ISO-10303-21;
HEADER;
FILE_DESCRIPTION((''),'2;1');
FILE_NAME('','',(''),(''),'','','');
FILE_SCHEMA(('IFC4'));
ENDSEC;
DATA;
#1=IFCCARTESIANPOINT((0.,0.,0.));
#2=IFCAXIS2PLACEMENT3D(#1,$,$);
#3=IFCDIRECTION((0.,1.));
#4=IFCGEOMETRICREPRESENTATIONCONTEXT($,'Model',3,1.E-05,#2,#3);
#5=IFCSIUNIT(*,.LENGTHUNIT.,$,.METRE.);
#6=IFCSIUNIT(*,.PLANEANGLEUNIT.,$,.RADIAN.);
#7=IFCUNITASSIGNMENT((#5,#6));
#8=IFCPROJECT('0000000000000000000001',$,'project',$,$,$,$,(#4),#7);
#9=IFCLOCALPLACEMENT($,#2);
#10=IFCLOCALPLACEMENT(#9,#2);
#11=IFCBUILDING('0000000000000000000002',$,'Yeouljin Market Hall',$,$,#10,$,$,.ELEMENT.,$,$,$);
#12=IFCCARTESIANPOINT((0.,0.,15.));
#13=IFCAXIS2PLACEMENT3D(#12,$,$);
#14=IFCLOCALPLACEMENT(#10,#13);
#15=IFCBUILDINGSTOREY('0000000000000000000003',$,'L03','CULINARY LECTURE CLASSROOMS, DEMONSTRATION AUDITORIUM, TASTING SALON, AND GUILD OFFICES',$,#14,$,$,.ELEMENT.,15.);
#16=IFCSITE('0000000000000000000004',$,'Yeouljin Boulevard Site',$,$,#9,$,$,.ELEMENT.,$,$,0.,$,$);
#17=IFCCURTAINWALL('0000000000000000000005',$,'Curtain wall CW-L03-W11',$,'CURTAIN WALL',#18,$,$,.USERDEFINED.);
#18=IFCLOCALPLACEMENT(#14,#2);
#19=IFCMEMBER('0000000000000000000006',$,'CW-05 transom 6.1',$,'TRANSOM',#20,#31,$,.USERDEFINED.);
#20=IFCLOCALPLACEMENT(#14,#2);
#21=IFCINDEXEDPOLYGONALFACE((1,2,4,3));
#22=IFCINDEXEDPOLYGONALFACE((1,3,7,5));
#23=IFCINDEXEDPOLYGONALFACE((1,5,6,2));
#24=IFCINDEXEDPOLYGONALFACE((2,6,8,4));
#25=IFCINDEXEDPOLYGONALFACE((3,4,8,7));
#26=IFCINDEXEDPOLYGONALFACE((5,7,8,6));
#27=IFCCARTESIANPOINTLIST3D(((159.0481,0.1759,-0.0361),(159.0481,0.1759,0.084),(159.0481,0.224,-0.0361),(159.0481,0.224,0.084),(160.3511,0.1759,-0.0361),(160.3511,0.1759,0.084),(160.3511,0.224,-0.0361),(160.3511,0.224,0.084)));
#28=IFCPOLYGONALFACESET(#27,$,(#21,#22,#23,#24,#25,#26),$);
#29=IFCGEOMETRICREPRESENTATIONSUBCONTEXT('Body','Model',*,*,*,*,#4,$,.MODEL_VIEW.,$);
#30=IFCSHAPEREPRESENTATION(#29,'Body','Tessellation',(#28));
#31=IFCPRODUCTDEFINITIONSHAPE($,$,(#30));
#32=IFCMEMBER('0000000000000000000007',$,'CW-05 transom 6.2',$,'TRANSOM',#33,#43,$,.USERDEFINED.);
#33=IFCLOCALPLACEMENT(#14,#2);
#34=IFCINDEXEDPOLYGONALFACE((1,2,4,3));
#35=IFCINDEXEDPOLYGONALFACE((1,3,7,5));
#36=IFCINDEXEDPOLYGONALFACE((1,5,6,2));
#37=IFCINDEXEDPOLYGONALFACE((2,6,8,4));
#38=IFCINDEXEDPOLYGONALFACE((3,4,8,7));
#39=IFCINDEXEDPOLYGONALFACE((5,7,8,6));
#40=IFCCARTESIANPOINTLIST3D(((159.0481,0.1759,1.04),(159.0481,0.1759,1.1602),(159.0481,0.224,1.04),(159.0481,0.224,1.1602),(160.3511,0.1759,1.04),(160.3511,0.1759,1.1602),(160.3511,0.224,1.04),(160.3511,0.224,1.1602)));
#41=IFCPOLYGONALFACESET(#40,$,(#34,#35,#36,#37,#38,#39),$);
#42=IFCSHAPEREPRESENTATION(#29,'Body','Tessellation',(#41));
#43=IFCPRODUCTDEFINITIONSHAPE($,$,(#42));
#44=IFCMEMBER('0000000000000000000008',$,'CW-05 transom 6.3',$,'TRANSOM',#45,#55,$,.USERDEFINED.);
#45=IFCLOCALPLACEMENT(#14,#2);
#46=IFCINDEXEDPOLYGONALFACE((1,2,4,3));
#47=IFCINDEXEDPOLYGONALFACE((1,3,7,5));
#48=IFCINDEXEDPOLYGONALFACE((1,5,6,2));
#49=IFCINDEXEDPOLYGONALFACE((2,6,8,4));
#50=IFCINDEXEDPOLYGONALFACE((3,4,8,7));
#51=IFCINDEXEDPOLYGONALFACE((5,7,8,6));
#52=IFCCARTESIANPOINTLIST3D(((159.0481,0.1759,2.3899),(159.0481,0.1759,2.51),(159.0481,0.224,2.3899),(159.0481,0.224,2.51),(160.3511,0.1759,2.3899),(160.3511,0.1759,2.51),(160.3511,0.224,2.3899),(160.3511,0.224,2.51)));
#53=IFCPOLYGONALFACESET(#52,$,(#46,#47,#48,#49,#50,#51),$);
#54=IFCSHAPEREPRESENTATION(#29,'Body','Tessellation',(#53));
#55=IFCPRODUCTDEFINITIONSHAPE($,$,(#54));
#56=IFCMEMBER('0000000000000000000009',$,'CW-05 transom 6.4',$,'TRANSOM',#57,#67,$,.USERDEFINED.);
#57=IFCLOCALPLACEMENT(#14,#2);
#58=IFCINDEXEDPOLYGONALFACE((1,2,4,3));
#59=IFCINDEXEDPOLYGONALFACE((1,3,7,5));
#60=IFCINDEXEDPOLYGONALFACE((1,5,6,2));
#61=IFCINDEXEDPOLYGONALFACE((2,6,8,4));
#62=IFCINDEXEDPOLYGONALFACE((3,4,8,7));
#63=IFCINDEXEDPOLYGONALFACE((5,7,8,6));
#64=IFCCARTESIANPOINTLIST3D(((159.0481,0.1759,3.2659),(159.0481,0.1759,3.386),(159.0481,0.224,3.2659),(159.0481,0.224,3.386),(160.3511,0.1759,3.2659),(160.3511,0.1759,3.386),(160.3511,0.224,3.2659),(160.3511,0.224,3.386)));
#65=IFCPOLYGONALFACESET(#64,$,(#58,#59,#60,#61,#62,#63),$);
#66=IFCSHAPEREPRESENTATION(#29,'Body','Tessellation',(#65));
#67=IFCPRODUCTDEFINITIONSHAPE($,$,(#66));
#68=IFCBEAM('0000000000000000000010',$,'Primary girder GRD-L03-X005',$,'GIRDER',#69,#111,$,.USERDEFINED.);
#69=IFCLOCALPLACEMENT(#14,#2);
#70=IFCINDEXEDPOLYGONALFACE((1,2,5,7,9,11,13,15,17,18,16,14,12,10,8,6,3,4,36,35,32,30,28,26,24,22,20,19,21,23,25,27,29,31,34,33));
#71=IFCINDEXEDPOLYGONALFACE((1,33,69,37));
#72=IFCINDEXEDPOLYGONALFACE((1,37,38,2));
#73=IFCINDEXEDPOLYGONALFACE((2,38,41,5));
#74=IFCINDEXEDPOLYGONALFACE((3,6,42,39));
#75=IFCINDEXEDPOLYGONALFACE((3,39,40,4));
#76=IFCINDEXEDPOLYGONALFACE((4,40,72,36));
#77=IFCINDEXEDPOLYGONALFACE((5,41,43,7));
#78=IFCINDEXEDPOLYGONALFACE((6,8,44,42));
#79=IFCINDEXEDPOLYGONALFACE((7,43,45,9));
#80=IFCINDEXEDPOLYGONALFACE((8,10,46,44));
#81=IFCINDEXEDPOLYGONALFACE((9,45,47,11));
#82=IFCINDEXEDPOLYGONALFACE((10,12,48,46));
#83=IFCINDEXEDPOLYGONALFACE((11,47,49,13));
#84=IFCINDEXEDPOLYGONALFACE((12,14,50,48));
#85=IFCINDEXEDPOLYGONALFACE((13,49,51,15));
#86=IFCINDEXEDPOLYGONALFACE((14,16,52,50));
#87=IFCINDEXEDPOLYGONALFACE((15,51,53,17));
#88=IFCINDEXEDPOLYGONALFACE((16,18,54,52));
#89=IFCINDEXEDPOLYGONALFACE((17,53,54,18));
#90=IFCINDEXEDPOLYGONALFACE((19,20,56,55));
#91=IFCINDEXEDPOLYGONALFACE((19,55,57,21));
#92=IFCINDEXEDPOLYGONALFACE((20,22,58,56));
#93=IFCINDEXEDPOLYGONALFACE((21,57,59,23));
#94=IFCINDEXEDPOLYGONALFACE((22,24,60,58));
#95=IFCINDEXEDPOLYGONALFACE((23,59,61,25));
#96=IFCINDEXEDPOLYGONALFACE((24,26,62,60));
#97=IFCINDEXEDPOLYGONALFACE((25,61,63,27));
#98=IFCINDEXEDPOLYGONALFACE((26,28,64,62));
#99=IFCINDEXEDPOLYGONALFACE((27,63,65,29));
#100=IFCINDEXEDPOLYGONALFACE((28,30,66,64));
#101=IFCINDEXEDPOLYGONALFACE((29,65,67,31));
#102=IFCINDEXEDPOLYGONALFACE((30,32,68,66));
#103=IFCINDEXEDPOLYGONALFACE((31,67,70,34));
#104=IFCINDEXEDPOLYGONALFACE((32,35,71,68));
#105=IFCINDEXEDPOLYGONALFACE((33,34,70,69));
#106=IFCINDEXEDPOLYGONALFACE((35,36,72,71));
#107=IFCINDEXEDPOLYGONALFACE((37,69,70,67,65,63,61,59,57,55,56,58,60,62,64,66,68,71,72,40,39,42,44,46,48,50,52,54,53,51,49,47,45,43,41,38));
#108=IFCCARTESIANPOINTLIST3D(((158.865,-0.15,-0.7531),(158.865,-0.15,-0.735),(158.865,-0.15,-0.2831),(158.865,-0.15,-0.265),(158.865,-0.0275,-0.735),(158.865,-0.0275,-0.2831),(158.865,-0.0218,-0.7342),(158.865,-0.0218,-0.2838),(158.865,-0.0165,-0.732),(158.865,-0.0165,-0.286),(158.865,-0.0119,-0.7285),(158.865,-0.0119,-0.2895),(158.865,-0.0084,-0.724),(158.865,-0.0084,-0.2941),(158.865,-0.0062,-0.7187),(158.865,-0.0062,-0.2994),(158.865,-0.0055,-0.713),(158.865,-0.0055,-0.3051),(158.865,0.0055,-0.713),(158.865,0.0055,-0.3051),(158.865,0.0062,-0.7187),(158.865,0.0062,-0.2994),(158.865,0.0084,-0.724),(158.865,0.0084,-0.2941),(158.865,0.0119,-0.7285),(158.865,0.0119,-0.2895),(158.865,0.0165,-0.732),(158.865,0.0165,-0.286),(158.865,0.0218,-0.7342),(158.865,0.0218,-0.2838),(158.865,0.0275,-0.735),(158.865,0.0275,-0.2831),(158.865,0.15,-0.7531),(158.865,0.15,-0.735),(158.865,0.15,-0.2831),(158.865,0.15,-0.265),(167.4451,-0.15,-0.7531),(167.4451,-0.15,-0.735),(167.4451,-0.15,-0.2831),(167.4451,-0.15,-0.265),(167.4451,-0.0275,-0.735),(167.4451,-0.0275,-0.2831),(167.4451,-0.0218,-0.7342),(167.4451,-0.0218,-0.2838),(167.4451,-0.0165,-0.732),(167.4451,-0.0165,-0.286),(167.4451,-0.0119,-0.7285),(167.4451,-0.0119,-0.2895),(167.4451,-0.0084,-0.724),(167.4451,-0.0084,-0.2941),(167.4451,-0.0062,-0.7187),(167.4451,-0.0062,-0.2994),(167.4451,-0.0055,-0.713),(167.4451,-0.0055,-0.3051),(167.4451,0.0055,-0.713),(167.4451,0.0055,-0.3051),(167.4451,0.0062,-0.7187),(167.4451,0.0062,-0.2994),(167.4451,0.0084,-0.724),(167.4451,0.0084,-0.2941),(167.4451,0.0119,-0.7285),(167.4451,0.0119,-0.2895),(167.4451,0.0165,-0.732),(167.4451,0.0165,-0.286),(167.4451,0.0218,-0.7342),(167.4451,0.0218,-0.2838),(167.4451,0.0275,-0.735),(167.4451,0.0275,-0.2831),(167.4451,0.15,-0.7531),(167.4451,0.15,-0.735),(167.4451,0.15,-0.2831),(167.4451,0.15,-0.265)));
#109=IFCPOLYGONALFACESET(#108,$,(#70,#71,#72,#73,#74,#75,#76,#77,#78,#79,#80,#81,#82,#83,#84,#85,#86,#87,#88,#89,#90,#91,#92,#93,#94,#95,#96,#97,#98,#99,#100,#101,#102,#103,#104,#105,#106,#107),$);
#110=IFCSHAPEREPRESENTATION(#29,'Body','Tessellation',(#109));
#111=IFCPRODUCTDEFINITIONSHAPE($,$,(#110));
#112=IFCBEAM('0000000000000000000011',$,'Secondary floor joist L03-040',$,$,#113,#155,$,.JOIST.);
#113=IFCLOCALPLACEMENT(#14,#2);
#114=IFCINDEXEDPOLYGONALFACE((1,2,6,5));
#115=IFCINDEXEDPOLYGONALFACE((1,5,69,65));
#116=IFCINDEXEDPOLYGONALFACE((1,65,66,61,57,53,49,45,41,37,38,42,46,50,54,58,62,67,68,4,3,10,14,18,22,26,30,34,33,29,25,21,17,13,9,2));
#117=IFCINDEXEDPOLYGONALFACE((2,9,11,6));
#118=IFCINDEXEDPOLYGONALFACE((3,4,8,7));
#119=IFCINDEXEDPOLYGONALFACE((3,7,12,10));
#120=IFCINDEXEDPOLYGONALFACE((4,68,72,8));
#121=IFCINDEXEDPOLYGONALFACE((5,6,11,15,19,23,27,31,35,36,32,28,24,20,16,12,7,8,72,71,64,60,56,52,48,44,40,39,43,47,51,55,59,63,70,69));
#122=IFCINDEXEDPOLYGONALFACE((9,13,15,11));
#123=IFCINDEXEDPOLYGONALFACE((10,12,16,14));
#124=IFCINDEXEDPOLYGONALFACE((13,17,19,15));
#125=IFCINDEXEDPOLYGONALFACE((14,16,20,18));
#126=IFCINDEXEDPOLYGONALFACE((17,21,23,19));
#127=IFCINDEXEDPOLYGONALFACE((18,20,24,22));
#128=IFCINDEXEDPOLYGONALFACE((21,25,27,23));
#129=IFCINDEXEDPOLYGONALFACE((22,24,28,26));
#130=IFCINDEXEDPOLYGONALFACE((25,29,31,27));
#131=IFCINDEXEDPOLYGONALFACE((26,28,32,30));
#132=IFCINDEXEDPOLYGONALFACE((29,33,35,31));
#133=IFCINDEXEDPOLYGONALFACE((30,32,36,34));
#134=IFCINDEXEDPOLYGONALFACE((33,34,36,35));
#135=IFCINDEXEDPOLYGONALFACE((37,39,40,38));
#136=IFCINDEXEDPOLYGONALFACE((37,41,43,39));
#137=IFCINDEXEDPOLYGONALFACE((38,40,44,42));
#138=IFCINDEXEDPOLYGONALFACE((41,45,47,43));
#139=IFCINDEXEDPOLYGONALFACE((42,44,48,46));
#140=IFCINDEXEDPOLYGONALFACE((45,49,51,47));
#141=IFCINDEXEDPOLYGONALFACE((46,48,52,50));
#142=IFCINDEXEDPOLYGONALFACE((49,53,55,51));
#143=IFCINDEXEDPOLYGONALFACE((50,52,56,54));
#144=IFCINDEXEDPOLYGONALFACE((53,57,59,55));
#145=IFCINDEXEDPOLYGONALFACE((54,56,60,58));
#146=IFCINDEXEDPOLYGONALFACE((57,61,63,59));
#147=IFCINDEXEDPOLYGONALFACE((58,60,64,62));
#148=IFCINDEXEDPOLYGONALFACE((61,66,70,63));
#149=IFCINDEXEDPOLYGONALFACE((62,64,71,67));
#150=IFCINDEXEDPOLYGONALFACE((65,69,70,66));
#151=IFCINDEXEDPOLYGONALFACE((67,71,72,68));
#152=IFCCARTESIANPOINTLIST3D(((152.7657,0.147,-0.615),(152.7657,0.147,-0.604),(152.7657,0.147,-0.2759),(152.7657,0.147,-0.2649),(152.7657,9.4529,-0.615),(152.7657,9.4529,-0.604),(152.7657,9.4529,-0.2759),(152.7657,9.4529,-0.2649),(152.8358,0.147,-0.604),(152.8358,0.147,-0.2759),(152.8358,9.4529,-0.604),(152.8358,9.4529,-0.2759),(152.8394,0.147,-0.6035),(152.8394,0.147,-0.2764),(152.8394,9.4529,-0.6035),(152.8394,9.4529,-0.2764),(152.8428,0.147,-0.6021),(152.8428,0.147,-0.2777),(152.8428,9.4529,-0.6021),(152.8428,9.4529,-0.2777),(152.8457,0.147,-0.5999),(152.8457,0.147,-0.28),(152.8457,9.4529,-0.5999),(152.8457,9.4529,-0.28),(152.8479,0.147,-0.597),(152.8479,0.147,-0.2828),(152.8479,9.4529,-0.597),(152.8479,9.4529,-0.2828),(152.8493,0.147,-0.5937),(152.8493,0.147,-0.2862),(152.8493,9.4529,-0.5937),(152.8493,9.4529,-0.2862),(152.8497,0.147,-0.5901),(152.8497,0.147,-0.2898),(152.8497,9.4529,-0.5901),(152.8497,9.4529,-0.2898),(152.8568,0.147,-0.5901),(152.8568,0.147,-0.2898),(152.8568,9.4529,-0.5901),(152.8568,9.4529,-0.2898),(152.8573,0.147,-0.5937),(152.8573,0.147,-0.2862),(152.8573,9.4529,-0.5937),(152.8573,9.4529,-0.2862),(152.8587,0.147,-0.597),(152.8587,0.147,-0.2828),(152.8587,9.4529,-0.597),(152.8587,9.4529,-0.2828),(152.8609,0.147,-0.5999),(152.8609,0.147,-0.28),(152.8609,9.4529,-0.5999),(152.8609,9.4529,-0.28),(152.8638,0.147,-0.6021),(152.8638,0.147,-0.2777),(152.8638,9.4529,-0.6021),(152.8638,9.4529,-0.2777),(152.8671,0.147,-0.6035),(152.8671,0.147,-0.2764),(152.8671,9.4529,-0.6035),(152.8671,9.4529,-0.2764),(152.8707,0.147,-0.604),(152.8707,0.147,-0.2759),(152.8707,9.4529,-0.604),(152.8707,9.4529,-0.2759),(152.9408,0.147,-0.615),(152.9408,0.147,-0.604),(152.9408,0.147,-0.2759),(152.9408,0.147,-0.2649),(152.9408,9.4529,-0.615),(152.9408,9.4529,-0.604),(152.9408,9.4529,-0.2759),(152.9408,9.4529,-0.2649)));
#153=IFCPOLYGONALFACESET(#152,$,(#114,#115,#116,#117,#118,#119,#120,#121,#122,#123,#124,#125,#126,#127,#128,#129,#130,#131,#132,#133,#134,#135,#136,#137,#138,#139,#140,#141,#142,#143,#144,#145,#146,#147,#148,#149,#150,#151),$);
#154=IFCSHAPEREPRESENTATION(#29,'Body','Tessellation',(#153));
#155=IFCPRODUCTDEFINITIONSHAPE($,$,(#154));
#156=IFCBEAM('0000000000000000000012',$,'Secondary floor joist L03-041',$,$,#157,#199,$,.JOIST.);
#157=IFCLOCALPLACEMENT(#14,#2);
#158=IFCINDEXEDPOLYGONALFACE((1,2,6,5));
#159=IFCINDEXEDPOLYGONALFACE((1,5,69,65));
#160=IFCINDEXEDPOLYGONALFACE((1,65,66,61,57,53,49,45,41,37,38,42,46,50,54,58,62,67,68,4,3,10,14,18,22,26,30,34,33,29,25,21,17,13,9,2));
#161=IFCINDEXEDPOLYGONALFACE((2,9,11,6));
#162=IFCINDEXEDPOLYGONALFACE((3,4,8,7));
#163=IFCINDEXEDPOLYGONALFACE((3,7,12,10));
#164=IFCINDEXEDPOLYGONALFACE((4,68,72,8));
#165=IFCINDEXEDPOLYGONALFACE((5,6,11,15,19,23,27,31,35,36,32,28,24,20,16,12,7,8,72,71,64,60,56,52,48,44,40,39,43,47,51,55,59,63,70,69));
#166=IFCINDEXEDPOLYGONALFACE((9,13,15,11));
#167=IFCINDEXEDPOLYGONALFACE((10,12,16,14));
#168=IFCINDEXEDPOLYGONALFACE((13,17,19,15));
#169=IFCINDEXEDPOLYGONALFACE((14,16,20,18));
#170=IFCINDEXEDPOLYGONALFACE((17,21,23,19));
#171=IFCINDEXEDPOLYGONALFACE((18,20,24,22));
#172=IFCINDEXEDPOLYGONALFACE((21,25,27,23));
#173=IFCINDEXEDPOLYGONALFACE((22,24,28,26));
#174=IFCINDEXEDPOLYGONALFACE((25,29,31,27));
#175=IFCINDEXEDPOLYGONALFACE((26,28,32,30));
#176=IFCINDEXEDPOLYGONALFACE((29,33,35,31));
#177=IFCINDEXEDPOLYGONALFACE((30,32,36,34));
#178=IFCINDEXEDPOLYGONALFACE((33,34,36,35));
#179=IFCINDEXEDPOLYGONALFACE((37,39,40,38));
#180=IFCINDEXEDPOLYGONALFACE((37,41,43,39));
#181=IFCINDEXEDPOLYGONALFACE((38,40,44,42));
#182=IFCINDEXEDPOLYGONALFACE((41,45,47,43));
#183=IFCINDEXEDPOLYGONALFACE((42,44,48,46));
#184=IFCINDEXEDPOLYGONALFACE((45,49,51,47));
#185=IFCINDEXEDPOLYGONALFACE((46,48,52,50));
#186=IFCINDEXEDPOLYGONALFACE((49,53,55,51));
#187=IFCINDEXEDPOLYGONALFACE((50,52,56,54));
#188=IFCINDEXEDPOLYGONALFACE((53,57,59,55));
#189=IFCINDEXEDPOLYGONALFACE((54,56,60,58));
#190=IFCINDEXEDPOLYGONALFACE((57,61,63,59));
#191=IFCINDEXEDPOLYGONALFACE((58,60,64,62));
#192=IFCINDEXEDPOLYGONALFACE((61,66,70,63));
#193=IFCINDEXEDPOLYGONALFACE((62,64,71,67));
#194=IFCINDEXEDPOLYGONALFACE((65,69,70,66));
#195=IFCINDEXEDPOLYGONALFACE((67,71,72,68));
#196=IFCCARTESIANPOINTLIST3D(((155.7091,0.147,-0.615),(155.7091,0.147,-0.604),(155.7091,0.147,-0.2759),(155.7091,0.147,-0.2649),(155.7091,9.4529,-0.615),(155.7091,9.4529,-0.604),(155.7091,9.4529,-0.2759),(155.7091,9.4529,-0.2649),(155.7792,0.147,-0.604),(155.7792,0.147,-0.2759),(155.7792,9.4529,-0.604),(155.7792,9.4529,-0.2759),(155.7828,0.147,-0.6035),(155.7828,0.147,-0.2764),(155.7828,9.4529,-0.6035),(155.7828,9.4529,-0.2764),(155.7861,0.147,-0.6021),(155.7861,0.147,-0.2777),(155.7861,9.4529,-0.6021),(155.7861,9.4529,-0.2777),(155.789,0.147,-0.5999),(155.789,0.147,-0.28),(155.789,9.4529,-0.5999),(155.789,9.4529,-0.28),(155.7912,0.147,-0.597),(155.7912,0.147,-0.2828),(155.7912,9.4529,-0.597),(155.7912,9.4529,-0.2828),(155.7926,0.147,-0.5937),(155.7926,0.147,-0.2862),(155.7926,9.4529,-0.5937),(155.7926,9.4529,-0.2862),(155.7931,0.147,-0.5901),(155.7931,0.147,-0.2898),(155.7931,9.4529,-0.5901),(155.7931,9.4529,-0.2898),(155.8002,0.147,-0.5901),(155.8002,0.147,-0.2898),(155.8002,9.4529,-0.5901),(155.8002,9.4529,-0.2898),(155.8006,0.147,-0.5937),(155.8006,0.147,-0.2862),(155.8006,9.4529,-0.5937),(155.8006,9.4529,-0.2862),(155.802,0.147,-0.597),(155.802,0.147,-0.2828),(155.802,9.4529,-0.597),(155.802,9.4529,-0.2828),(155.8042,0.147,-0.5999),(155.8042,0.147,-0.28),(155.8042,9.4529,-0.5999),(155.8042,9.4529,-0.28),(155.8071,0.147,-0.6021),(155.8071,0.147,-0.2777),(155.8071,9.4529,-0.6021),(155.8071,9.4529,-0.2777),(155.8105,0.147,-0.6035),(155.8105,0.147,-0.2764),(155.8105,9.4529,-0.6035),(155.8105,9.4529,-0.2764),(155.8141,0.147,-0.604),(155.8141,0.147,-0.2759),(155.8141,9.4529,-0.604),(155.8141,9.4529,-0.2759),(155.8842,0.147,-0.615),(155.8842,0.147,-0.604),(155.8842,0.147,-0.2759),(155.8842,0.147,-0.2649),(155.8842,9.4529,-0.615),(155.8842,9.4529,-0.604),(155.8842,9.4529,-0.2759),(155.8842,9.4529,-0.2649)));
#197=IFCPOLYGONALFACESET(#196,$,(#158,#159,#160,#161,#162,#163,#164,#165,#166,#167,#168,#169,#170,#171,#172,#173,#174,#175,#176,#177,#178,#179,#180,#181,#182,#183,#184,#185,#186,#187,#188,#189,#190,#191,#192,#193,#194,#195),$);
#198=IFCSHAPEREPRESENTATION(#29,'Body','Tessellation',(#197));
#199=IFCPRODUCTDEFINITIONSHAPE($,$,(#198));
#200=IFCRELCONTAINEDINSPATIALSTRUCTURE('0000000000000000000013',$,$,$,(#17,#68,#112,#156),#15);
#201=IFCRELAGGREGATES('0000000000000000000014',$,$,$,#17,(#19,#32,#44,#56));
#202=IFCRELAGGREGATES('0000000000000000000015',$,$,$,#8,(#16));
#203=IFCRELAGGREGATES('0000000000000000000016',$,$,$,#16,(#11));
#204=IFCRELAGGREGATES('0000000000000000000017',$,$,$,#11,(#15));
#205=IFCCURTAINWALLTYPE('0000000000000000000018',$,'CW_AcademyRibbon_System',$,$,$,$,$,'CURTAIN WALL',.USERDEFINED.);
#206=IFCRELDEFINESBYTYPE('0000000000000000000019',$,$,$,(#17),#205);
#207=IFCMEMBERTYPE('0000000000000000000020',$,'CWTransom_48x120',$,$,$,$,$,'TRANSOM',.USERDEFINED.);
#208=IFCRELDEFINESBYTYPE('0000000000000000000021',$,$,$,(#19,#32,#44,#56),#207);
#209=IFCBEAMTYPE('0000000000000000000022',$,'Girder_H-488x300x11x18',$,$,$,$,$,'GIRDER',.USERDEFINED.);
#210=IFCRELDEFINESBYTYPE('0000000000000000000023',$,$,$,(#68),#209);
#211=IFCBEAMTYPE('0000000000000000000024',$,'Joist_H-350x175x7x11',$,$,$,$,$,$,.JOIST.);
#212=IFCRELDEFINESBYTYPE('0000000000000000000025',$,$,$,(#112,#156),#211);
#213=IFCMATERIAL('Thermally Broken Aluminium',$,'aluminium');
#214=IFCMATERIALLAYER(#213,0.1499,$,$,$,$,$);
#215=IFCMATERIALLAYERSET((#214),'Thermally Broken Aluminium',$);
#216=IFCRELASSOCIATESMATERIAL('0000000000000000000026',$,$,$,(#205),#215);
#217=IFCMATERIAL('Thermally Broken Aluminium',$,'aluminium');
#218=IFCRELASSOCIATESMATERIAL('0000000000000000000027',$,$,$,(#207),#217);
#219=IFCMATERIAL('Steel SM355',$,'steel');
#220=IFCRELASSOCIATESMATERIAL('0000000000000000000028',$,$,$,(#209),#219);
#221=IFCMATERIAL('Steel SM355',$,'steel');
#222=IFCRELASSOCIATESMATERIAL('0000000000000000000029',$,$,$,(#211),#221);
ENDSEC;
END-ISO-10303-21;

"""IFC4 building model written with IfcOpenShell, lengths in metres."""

from ifc_helpers import new_model, si_unit, direction, frame, origin, origin_2d, place, context, subcontext, project, spatial, rectangle, i_section, extrude, material, layer, layer_set, material_profile, profile_set, type_object, element, aggregate, save


model = new_model("IFC4")

# Units and contexts
model_context = context("Model", 3, precision=1e-05, world=origin(), true_north=direction((0.0, 1.0)))
body_context = subcontext(model_context, "Body", "Model", "MODEL_VIEW")
ifc_project = project(units=[si_unit("LENGTHUNIT", "METRE"), si_unit("PLANEANGLEUNIT", "RADIAN")], contexts=[model_context])

# Site, building, storey
site_placement = place(None, origin())
site = spatial("IfcSite", under=ifc_project, at=site_placement, Name="Yeouljin Boulevard Site", CompositionType="ELEMENT", RefElevation=0.0)
building_placement = place(site_placement, origin())
building = spatial("IfcBuilding", under=site, at=building_placement, Name="Yeouljin Market Hall", CompositionType="ELEMENT")
storey_placement = place(building_placement, frame((0.0, 0.0, 15.0)))
storey = spatial("IfcBuildingStorey", under=building, at=storey_placement, Name="L03", Description="CULINARY LECTURE CLASSROOMS, DEMONSTRATION AUDITORIUM, TASTING SALON, AND GUILD OFFICES", CompositionType="ELEMENT", Elevation=15.0)

# Curtain wall, members
ifc_material_1 = material(Name="Thermally Broken Aluminium", Category="aluminium")
ifc_layer_1 = layer(ifc_material_1, 0.1499)
ifc_layer_set_1 = layer_set([ifc_layer_1], Name="Thermally Broken Aluminium")
curtain_wall_type = type_object("IfcCurtainWallType", Name="CW_AcademyRibbon_System", ElementType="CURTAIN WALL", PredefinedType="USERDEFINED", material=ifc_layer_set_1)
curtain_wall_placement = place(storey_placement, origin())
curtain_wall = element("IfcCurtainWall", 1, at=curtain_wall_placement, inside=storey, type_object=curtain_wall_type, Name="Curtain wall CW-L03-W11", ObjectType="CURTAIN WALL", PredefinedType="USERDEFINED")
ifc_material_2 = material(Name="Thermally Broken Aluminium", Category="aluminium")
ifc_material_profile_1 = material_profile(ifc_material_2, rectangle(XDim=0.0481, YDim=0.1201, at=origin_2d()), Name="CW-TRAN-48x120")
ifc_profile_set_1 = profile_set([ifc_material_profile_1], Name="Thermally Broken Aluminium")
member_type_1 = type_object("IfcMemberType", Name="CWTransom_48x120", ElementType="TRANSOM", PredefinedType="USERDEFINED", material=ifc_profile_set_1)
member_1_placement = place(storey_placement, frame((160.3511, 0.2, 0.0239), z_axis=(-1.0, 0.0, 0.0), x_axis=(0.0, -1.0, 0.0)))
member_1 = element("IfcMember", 2, at=member_1_placement, type_object=member_type_1, Name="CW-05 transom 6.1", ObjectType="TRANSOM", PredefinedType="USERDEFINED", context=body_context, shape_type="SweptSolid", body=[
    extrude(rectangle(XDim=0.0481, YDim=0.1201, at=origin_2d()), origin(), (0.0, 0.0, 1.0), 1.303),
])
member_2_placement = place(storey_placement, frame((160.3511, 0.2, 1.1001), z_axis=(-1.0, 0.0, 0.0), x_axis=(0.0, -1.0, 0.0)))
member_2 = element("IfcMember", 3, at=member_2_placement, type_object=member_type_1, Name="CW-05 transom 6.2", ObjectType="TRANSOM", PredefinedType="USERDEFINED", context=body_context, shape_type="SweptSolid", body=[
    extrude(rectangle(XDim=0.0481, YDim=0.1201, at=origin_2d()), origin(), (0.0, 0.0, 1.0), 1.303),
])
member_3_placement = place(storey_placement, frame((160.3511, 0.2, 2.45), z_axis=(-1.0, 0.0, 0.0), x_axis=(0.0, -1.0, 0.0)))
member_3 = element("IfcMember", 4, at=member_3_placement, type_object=member_type_1, Name="CW-05 transom 6.3", ObjectType="TRANSOM", PredefinedType="USERDEFINED", context=body_context, shape_type="SweptSolid", body=[
    extrude(rectangle(XDim=0.0481, YDim=0.1201, at=origin_2d()), origin(), (0.0, 0.0, 1.0), 1.303),
])
member_4_placement = place(storey_placement, frame((160.3511, 0.2, 3.3259), z_axis=(-1.0, 0.0, 0.0), x_axis=(0.0, -1.0, 0.0)))
member_4 = element("IfcMember", 5, at=member_4_placement, type_object=member_type_1, Name="CW-05 transom 6.4", ObjectType="TRANSOM", PredefinedType="USERDEFINED", context=body_context, shape_type="SweptSolid", body=[
    extrude(rectangle(XDim=0.0481, YDim=0.1201, at=origin_2d()), origin(), (0.0, 0.0, 1.0), 1.303),
])

# Beams
ifc_material_3 = material(Name="Steel SM355", Category="steel")
ifc_material_profile_2 = material_profile(ifc_material_3, i_section(OverallWidth=0.3, OverallDepth=0.488, WebThickness=0.011, FlangeThickness=0.0181, FilletRadius=0.022, at=origin_2d()), Name="H-488x300x11x18")
ifc_profile_set_2 = profile_set([ifc_material_profile_2], Name="Steel SM355")
beam_type_1 = type_object("IfcBeamType", Name="Girder_H-488x300x11x18", ElementType="GIRDER", PredefinedType="USERDEFINED", material=ifc_profile_set_2)
beam_1_placement = place(storey_placement, frame((158.865, 0.0, -0.509), z_axis=(1.0, 0.0, 0.0), x_axis=(0.0, 1.0, 0.0)))
element("IfcBeam", 6, at=beam_1_placement, inside=storey, type_object=beam_type_1, Name="Primary girder GRD-L03-X005", ObjectType="GIRDER", PredefinedType="USERDEFINED", context=body_context, shape_type="SweptSolid", body=[
    extrude(i_section(OverallWidth=0.3, OverallDepth=0.488, WebThickness=0.011, FlangeThickness=0.0181, FilletRadius=0.022, at=origin_2d()), origin(), (0.0, 0.0, 1.0), 8.5801),
])
ifc_material_4 = material(Name="Steel SM355", Category="steel")
ifc_material_profile_3 = material_profile(ifc_material_4, i_section(OverallWidth=0.175, OverallDepth=0.3501, WebThickness=0.0071, FlangeThickness=0.011, FilletRadius=0.0139, at=origin_2d()), Name="H-350x175x7x11")
ifc_profile_set_3 = profile_set([ifc_material_profile_3], Name="Steel SM355")
beam_type_2 = type_object("IfcBeamType", Name="Joist_H-350x175x7x11", PredefinedType="JOIST", material=ifc_profile_set_3)
for number, where, z_axis, x_axis, name in (
    (7, (152.8533, 0.147, -0.4399), (0.0, 1.0, 0.0), (-1.0, 0.0, 0.0), "Secondary floor joist L03-040"),
    (8, (155.7966, 0.147, -0.4399), (0.0, 1.0, 0.0), (-1.0, 0.0, 0.0), "Secondary floor joist L03-041"),
):
    element("IfcBeam", number, at=place(storey_placement, frame(where, z_axis=z_axis, x_axis=x_axis)), inside=storey, type_object=beam_type_2, Name=name, PredefinedType="JOIST", context=body_context, shape_type="SweptSolid", body=[
        extrude(i_section(OverallWidth=0.175, OverallDepth=0.3501, WebThickness=0.0071, FlangeThickness=0.011, FilletRadius=0.0139, at=origin_2d()), origin(), (0.0, 0.0, 1.0), 9.3059),
    ])

aggregate(curtain_wall, [member_1, member_2, member_3, member_4])

save(model, "model.ifc")
